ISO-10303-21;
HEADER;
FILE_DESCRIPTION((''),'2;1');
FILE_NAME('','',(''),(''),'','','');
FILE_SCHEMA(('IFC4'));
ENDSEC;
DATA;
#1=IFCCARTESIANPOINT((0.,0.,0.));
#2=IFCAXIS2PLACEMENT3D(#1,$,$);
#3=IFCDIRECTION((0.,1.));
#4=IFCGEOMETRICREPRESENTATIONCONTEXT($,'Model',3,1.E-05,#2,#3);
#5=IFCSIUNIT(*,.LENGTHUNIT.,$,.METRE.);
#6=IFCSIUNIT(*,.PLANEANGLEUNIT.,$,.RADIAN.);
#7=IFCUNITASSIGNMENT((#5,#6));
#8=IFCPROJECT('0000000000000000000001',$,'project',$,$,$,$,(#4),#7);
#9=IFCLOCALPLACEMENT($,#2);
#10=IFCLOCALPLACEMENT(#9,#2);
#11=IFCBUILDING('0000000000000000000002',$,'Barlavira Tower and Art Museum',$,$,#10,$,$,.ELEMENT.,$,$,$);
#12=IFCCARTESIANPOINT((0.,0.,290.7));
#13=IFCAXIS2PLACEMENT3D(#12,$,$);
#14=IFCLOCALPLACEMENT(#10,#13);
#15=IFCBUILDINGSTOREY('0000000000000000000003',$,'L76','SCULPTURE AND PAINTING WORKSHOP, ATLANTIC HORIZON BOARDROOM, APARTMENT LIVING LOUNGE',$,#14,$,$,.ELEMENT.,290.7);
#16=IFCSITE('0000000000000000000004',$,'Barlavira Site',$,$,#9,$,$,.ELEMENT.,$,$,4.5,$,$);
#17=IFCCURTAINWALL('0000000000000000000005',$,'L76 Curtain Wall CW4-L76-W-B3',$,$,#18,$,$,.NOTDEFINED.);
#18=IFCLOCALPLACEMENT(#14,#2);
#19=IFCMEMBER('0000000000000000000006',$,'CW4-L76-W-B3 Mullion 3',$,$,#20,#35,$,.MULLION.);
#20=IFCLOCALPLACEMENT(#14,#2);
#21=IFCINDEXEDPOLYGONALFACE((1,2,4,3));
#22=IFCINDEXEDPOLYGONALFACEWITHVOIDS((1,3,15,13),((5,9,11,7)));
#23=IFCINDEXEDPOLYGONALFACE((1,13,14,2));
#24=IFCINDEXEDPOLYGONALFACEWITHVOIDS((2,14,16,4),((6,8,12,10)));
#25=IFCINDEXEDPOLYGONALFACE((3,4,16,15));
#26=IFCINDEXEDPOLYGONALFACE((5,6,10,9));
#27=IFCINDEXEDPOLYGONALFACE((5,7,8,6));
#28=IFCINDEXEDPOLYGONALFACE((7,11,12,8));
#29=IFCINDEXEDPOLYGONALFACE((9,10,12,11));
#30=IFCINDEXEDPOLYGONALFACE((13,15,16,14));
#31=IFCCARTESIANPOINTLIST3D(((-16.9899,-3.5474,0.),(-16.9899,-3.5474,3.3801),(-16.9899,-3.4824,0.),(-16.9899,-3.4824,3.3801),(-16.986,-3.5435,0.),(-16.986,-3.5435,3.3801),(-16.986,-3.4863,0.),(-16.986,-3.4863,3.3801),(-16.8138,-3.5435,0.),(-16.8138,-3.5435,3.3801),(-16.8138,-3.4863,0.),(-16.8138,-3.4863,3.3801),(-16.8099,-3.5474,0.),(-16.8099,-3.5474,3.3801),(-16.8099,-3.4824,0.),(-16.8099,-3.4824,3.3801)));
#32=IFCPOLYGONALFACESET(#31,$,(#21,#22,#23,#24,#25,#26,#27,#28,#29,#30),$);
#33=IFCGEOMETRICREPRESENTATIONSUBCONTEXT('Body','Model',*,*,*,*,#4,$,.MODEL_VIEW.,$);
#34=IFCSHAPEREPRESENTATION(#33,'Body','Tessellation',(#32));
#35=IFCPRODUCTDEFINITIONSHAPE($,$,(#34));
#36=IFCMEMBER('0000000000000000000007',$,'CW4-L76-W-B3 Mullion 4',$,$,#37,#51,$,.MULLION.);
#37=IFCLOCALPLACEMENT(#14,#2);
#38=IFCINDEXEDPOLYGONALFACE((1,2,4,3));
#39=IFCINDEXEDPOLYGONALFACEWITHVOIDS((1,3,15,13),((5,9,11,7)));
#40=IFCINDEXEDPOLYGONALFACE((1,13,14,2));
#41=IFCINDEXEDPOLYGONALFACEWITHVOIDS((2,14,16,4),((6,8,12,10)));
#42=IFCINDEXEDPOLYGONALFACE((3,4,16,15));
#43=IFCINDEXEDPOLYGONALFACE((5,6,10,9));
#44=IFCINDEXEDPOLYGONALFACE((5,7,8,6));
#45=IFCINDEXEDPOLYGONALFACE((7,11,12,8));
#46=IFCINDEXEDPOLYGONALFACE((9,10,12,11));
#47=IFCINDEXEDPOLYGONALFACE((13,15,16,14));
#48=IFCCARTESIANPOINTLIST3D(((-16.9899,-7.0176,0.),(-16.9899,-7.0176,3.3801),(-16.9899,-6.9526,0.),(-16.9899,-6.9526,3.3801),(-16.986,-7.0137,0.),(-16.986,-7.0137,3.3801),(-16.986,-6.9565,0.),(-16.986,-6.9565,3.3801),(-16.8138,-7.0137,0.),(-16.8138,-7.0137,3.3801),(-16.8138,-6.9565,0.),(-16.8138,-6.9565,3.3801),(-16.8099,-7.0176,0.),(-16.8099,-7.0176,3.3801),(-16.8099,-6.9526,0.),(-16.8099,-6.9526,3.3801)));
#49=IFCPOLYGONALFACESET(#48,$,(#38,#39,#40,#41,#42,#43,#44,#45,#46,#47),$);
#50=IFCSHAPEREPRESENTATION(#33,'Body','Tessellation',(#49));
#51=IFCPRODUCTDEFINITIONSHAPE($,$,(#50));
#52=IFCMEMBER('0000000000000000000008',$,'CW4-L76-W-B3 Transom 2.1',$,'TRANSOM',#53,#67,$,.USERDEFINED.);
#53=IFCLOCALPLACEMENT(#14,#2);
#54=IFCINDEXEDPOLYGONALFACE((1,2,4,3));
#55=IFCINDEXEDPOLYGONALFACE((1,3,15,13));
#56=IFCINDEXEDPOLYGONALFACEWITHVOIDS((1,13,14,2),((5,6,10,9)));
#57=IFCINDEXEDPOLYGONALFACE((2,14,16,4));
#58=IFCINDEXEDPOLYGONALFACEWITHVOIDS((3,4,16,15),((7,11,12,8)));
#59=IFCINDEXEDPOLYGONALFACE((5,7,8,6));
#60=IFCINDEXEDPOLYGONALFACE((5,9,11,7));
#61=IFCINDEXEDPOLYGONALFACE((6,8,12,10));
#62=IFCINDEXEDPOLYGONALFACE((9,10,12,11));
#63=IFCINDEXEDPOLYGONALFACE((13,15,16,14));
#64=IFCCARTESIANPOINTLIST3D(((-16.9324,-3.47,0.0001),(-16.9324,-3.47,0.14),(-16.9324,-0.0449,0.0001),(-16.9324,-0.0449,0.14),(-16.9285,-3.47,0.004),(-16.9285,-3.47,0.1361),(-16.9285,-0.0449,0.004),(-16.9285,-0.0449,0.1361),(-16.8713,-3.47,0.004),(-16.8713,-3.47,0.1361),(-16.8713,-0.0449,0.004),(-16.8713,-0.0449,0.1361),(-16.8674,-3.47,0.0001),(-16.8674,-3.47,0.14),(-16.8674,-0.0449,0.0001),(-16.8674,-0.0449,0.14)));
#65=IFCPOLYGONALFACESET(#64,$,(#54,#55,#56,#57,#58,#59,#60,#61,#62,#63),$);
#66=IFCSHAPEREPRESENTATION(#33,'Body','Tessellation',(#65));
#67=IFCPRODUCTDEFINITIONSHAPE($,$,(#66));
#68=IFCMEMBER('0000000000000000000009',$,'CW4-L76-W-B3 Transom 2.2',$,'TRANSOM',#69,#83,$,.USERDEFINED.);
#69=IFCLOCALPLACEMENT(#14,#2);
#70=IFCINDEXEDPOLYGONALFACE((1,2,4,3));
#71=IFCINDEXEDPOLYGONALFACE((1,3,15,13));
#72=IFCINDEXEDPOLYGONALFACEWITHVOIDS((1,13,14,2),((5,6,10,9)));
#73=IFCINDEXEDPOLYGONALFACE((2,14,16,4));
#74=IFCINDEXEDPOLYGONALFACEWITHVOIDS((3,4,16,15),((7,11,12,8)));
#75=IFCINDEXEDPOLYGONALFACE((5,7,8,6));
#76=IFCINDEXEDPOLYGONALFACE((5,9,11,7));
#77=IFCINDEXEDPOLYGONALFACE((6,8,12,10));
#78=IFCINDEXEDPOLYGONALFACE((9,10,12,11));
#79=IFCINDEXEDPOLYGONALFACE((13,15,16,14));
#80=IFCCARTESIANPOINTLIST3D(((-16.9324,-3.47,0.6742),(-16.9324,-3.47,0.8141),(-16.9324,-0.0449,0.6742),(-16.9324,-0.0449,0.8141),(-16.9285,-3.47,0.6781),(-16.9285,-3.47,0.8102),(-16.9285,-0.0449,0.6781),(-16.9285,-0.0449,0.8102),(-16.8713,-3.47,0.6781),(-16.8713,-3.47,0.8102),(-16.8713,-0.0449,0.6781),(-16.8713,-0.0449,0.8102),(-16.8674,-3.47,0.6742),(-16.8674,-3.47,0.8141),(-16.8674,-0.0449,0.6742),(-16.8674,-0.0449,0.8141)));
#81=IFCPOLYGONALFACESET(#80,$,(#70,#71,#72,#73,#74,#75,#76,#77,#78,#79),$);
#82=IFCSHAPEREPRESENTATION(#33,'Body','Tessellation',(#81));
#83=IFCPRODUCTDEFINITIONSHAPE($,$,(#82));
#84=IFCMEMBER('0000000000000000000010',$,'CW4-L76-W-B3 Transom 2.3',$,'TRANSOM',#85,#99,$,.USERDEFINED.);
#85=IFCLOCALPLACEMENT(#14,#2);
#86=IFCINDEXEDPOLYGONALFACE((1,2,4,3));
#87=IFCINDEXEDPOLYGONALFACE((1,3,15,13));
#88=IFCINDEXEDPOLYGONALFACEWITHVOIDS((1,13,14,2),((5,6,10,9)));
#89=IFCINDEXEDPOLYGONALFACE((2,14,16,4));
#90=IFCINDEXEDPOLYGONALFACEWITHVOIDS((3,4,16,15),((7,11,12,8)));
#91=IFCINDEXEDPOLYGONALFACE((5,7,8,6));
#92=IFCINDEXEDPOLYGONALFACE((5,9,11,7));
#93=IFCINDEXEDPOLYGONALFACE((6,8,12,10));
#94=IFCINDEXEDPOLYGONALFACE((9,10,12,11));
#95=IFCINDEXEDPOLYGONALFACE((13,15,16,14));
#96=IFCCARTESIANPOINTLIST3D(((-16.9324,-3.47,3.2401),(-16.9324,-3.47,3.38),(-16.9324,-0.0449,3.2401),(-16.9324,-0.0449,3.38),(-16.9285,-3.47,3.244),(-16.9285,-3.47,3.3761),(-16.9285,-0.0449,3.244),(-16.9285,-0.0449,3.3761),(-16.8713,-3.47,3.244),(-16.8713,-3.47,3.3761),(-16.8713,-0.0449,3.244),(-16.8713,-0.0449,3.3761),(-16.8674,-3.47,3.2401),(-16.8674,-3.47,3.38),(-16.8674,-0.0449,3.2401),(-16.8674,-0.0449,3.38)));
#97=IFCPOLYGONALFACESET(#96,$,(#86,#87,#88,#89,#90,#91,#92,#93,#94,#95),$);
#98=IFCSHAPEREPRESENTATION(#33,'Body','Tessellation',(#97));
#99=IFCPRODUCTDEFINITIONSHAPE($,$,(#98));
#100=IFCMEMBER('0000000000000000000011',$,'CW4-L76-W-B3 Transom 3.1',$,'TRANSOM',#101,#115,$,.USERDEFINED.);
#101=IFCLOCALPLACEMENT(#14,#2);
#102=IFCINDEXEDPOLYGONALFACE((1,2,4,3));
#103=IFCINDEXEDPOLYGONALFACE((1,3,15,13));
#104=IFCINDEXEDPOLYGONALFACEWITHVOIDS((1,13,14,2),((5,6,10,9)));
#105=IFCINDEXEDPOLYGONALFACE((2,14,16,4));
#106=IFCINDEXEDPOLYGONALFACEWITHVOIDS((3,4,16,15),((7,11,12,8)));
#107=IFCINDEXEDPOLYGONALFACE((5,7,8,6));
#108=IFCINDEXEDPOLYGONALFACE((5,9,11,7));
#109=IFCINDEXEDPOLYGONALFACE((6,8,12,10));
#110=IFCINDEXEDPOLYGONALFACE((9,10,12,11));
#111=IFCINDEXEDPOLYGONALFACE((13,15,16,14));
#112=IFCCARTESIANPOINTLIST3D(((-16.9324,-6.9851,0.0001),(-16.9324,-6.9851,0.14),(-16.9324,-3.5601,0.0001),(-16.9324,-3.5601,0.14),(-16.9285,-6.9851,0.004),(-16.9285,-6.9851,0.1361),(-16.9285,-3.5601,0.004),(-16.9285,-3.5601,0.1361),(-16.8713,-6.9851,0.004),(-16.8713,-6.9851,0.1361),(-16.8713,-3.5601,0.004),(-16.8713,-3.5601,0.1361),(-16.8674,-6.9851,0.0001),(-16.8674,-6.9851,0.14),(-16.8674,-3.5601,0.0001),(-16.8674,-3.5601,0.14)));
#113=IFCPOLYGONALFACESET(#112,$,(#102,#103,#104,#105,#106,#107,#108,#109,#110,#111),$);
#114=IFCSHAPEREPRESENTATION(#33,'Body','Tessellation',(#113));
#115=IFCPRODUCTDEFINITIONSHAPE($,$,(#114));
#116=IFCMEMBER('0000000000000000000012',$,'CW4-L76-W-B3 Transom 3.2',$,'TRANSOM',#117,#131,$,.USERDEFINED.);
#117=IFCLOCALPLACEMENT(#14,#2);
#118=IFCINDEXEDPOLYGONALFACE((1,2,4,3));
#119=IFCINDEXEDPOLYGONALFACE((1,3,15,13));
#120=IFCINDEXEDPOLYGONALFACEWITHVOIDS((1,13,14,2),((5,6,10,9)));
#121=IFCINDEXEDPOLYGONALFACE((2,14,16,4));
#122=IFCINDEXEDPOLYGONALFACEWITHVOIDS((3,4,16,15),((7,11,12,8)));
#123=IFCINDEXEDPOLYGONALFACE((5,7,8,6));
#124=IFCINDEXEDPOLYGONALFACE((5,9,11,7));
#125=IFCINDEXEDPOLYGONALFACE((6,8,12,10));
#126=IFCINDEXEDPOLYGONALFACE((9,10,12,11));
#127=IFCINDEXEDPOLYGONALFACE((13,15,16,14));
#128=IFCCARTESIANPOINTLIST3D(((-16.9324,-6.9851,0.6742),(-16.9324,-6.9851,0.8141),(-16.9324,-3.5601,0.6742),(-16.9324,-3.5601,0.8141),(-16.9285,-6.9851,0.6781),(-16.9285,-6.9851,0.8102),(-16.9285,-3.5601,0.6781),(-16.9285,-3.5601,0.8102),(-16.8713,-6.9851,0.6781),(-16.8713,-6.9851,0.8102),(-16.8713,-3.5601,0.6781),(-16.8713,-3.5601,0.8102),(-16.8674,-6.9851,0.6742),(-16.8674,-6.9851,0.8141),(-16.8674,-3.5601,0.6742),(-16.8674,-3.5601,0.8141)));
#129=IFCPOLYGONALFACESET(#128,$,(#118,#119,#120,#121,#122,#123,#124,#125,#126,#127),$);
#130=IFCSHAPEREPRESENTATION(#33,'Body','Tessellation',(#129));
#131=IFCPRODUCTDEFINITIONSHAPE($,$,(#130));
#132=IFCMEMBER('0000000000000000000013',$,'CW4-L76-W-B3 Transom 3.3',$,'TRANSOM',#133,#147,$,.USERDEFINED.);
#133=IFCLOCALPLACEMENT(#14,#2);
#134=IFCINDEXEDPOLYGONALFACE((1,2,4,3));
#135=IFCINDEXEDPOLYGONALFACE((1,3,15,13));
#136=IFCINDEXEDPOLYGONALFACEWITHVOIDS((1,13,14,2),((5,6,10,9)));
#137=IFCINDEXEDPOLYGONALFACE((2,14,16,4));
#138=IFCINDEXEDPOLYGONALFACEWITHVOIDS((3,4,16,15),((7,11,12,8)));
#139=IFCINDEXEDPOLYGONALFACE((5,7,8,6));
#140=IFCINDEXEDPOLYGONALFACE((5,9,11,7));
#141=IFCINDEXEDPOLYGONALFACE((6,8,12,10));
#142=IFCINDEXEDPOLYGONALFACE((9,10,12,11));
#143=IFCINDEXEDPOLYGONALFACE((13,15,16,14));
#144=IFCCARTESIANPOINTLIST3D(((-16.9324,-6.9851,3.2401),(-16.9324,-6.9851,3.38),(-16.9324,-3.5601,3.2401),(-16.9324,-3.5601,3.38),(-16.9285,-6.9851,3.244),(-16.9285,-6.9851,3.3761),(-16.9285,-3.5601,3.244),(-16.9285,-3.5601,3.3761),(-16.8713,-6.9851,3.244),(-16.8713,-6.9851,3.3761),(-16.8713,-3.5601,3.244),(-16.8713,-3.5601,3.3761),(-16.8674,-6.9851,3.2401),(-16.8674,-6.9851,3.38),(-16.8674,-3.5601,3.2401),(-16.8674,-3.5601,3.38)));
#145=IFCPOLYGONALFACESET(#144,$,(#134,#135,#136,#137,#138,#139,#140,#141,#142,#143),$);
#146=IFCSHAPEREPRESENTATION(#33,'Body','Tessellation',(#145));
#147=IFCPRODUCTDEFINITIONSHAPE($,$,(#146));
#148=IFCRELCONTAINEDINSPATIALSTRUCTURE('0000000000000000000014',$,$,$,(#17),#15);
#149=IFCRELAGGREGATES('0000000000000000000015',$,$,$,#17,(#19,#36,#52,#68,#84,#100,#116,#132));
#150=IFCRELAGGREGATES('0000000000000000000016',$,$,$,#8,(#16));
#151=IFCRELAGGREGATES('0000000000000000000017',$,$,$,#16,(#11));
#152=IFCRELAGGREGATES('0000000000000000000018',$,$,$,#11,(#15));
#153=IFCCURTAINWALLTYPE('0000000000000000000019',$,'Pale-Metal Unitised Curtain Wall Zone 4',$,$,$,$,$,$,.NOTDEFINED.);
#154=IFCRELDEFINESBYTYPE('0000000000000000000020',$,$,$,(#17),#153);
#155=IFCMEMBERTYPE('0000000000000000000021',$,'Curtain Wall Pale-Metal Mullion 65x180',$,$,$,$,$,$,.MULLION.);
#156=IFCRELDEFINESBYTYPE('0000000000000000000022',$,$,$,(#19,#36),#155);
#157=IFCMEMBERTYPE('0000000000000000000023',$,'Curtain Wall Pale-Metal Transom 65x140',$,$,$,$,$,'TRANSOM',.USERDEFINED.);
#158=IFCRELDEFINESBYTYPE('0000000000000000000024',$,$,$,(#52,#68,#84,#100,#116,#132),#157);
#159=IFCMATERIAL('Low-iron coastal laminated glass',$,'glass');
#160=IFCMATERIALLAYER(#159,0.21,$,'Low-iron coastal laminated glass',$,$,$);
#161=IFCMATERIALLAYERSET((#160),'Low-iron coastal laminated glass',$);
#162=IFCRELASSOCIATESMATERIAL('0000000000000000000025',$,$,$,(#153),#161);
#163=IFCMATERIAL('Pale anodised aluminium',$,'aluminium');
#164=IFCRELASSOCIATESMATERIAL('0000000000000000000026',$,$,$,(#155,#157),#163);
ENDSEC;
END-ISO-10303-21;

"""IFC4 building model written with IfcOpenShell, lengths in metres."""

from ifc_helpers import new_model, si_unit, direction, frame, origin, origin_2d, place, context, subcontext, project, spatial, hollow_rectangle, extrude, material, layer, layer_set, material_profile, profile_set, type_object, element, aggregate, save


model = new_model("IFC4")

# Units and contexts
model_context = context("Model", 3, precision=1e-05, world=origin(), true_north=direction((0.0, 1.0)))
body_context = subcontext(model_context, "Body", "Model", "MODEL_VIEW")
ifc_project = project(units=[si_unit("LENGTHUNIT", "METRE"), si_unit("PLANEANGLEUNIT", "RADIAN")], contexts=[model_context])

# Site, building, storey
site_placement = place(None, origin())
site = spatial("IfcSite", under=ifc_project, at=site_placement, Name="Barlavira Site", CompositionType="ELEMENT", RefElevation=4.5)
building_placement = place(site_placement, origin())
building = spatial("IfcBuilding", under=site, at=building_placement, Name="Barlavira Tower and Art Museum", CompositionType="ELEMENT")
storey_placement = place(building_placement, frame((0.0, 0.0, 290.7)))
storey = spatial("IfcBuildingStorey", under=building, at=storey_placement, Name="L76", Description="SCULPTURE AND PAINTING WORKSHOP, ATLANTIC HORIZON BOARDROOM, APARTMENT LIVING LOUNGE", CompositionType="ELEMENT", Elevation=290.7)

# Curtain wall, members
ifc_material_1 = material(Name="Low-iron coastal laminated glass", Category="glass")
ifc_layer_1 = layer(ifc_material_1, 0.21, Name="Low-iron coastal laminated glass")
ifc_layer_set_1 = layer_set([ifc_layer_1], Name="Low-iron coastal laminated glass")
curtain_wall_type = type_object("IfcCurtainWallType", Name="Pale-Metal Unitised Curtain Wall Zone 4", PredefinedType="NOTDEFINED", material=ifc_layer_set_1)
curtain_wall_placement = place(storey_placement, origin())
curtain_wall = element("IfcCurtainWall", 1, at=curtain_wall_placement, inside=storey, type_object=curtain_wall_type, Name="L76 Curtain Wall CW4-L76-W-B3", PredefinedType="NOTDEFINED")
ifc_material_2 = material(Name="Pale anodised aluminium", Category="aluminium")
ifc_material_profile_1 = material_profile(ifc_material_2, hollow_rectangle(XDim=0.0649, YDim=0.1799, WallThickness=0.0039, at=origin_2d()), Name="ALU-MULL 65x180x4")
ifc_profile_set_1 = profile_set([ifc_material_profile_1], Name="Pale anodised aluminium")
member_type_1 = type_object("IfcMemberType", Name="Curtain Wall Pale-Metal Mullion 65x180", PredefinedType="MULLION", material=ifc_profile_set_1)
member_1_placement = place(storey_placement, frame((-16.8999, -3.5149, 0.0), z_axis=(0.0, 0.0, 1.0), x_axis=(0.0, -1.0, 0.0)))
member_1 = element("IfcMember", 2, at=member_1_placement, type_object=member_type_1, Name="CW4-L76-W-B3 Mullion 3", PredefinedType="MULLION", context=body_context, shape_type="SweptSolid", body=[
    extrude(hollow_rectangle(XDim=0.0649, YDim=0.1799, WallThickness=0.0039, at=origin_2d()), origin(), (0.0, 0.0, 1.0), 3.3801),
])
member_2_placement = place(storey_placement, frame((-16.8999, -6.9851, 0.0), z_axis=(0.0, 0.0, 1.0), x_axis=(0.0, -1.0, 0.0)))
member_2 = element("IfcMember", 3, at=member_2_placement, type_object=member_type_1, Name="CW4-L76-W-B3 Mullion 4", PredefinedType="MULLION", context=body_context, shape_type="SweptSolid", body=[
    extrude(hollow_rectangle(XDim=0.0649, YDim=0.1799, WallThickness=0.0039, at=origin_2d()), origin(), (0.0, 0.0, 1.0), 3.3801),
])
ifc_material_profile_2 = material_profile(ifc_material_2, hollow_rectangle(XDim=0.0649, YDim=0.1399, WallThickness=0.0039, at=origin_2d()), Name="ALU-TRAN 65x140x4")
ifc_profile_set_2 = profile_set([ifc_material_profile_2], Name="Pale anodised aluminium")
member_type_2 = type_object("IfcMemberType", Name="Curtain Wall Pale-Metal Transom 65x140", ElementType="TRANSOM", PredefinedType="USERDEFINED", material=ifc_profile_set_2)
member_3_placement = place(storey_placement, frame((-16.8999, -0.0449, 0.0701), z_axis=(0.0, -1.0, 0.0), x_axis=(1.0, 0.0, 0.0)))
member_3 = element("IfcMember", 4, at=member_3_placement, type_object=member_type_2, Name="CW4-L76-W-B3 Transom 2.1", ObjectType="TRANSOM", PredefinedType="USERDEFINED", context=body_context, shape_type="SweptSolid", body=[
    extrude(hollow_rectangle(XDim=0.0649, YDim=0.1399, WallThickness=0.0039, at=origin_2d()), origin(), (0.0, 0.0, 1.0), 3.425),
])
member_4_placement = place(storey_placement, frame((-16.8999, -0.0449, 0.7441), z_axis=(0.0, -1.0, 0.0), x_axis=(1.0, 0.0, 0.0)))
member_4 = element("IfcMember", 5, at=member_4_placement, type_object=member_type_2, Name="CW4-L76-W-B3 Transom 2.2", ObjectType="TRANSOM", PredefinedType="USERDEFINED", context=body_context, shape_type="SweptSolid", body=[
    extrude(hollow_rectangle(XDim=0.0649, YDim=0.1399, WallThickness=0.0039, at=origin_2d()), origin(), (0.0, 0.0, 1.0), 3.425),
])
member_5_placement = place(storey_placement, frame((-16.8999, -0.0449, 3.3101), z_axis=(0.0, -1.0, 0.0), x_axis=(1.0, 0.0, 0.0)))
member_5 = element("IfcMember", 6, at=member_5_placement, type_object=member_type_2, Name="CW4-L76-W-B3 Transom 2.3", ObjectType="TRANSOM", PredefinedType="USERDEFINED", context=body_context, shape_type="SweptSolid", body=[
    extrude(hollow_rectangle(XDim=0.0649, YDim=0.1399, WallThickness=0.0039, at=origin_2d()), origin(), (0.0, 0.0, 1.0), 3.425),
])
member_6_placement = place(storey_placement, frame((-16.8999, -3.5601, 0.0701), z_axis=(0.0, -1.0, 0.0), x_axis=(1.0, 0.0, 0.0)))
member_6 = element("IfcMember", 7, at=member_6_placement, type_object=member_type_2, Name="CW4-L76-W-B3 Transom 3.1", ObjectType="TRANSOM", PredefinedType="USERDEFINED", context=body_context, shape_type="SweptSolid", body=[
    extrude(hollow_rectangle(XDim=0.0649, YDim=0.1399, WallThickness=0.0039, at=origin_2d()), origin(), (0.0, 0.0, 1.0), 3.425),
])
member_7_placement = place(storey_placement, frame((-16.8999, -3.5601, 0.7441), z_axis=(0.0, -1.0, 0.0), x_axis=(1.0, 0.0, 0.0)))
member_7 = element("IfcMember", 8, at=member_7_placement, type_object=member_type_2, Name="CW4-L76-W-B3 Transom 3.2", ObjectType="TRANSOM", PredefinedType="USERDEFINED", context=body_context, shape_type="SweptSolid", body=[
    extrude(hollow_rectangle(XDim=0.0649, YDim=0.1399, WallThickness=0.0039, at=origin_2d()), origin(), (0.0, 0.0, 1.0), 3.425),
])
member_8_placement = place(storey_placement, frame((-16.8999, -3.5601, 3.3101), z_axis=(0.0, -1.0, 0.0), x_axis=(1.0, 0.0, 0.0)))
member_8 = element("IfcMember", 9, at=member_8_placement, type_object=member_type_2, Name="CW4-L76-W-B3 Transom 3.3", ObjectType="TRANSOM", PredefinedType="USERDEFINED", context=body_context, shape_type="SweptSolid", body=[
    extrude(hollow_rectangle(XDim=0.0649, YDim=0.1399, WallThickness=0.0039, at=origin_2d()), origin(), (0.0, 0.0, 1.0), 3.425),
])

aggregate(curtain_wall, [member_1, member_2, member_3, member_4, member_5, member_6, member_7, member_8])

save(model, "model.ifc")
